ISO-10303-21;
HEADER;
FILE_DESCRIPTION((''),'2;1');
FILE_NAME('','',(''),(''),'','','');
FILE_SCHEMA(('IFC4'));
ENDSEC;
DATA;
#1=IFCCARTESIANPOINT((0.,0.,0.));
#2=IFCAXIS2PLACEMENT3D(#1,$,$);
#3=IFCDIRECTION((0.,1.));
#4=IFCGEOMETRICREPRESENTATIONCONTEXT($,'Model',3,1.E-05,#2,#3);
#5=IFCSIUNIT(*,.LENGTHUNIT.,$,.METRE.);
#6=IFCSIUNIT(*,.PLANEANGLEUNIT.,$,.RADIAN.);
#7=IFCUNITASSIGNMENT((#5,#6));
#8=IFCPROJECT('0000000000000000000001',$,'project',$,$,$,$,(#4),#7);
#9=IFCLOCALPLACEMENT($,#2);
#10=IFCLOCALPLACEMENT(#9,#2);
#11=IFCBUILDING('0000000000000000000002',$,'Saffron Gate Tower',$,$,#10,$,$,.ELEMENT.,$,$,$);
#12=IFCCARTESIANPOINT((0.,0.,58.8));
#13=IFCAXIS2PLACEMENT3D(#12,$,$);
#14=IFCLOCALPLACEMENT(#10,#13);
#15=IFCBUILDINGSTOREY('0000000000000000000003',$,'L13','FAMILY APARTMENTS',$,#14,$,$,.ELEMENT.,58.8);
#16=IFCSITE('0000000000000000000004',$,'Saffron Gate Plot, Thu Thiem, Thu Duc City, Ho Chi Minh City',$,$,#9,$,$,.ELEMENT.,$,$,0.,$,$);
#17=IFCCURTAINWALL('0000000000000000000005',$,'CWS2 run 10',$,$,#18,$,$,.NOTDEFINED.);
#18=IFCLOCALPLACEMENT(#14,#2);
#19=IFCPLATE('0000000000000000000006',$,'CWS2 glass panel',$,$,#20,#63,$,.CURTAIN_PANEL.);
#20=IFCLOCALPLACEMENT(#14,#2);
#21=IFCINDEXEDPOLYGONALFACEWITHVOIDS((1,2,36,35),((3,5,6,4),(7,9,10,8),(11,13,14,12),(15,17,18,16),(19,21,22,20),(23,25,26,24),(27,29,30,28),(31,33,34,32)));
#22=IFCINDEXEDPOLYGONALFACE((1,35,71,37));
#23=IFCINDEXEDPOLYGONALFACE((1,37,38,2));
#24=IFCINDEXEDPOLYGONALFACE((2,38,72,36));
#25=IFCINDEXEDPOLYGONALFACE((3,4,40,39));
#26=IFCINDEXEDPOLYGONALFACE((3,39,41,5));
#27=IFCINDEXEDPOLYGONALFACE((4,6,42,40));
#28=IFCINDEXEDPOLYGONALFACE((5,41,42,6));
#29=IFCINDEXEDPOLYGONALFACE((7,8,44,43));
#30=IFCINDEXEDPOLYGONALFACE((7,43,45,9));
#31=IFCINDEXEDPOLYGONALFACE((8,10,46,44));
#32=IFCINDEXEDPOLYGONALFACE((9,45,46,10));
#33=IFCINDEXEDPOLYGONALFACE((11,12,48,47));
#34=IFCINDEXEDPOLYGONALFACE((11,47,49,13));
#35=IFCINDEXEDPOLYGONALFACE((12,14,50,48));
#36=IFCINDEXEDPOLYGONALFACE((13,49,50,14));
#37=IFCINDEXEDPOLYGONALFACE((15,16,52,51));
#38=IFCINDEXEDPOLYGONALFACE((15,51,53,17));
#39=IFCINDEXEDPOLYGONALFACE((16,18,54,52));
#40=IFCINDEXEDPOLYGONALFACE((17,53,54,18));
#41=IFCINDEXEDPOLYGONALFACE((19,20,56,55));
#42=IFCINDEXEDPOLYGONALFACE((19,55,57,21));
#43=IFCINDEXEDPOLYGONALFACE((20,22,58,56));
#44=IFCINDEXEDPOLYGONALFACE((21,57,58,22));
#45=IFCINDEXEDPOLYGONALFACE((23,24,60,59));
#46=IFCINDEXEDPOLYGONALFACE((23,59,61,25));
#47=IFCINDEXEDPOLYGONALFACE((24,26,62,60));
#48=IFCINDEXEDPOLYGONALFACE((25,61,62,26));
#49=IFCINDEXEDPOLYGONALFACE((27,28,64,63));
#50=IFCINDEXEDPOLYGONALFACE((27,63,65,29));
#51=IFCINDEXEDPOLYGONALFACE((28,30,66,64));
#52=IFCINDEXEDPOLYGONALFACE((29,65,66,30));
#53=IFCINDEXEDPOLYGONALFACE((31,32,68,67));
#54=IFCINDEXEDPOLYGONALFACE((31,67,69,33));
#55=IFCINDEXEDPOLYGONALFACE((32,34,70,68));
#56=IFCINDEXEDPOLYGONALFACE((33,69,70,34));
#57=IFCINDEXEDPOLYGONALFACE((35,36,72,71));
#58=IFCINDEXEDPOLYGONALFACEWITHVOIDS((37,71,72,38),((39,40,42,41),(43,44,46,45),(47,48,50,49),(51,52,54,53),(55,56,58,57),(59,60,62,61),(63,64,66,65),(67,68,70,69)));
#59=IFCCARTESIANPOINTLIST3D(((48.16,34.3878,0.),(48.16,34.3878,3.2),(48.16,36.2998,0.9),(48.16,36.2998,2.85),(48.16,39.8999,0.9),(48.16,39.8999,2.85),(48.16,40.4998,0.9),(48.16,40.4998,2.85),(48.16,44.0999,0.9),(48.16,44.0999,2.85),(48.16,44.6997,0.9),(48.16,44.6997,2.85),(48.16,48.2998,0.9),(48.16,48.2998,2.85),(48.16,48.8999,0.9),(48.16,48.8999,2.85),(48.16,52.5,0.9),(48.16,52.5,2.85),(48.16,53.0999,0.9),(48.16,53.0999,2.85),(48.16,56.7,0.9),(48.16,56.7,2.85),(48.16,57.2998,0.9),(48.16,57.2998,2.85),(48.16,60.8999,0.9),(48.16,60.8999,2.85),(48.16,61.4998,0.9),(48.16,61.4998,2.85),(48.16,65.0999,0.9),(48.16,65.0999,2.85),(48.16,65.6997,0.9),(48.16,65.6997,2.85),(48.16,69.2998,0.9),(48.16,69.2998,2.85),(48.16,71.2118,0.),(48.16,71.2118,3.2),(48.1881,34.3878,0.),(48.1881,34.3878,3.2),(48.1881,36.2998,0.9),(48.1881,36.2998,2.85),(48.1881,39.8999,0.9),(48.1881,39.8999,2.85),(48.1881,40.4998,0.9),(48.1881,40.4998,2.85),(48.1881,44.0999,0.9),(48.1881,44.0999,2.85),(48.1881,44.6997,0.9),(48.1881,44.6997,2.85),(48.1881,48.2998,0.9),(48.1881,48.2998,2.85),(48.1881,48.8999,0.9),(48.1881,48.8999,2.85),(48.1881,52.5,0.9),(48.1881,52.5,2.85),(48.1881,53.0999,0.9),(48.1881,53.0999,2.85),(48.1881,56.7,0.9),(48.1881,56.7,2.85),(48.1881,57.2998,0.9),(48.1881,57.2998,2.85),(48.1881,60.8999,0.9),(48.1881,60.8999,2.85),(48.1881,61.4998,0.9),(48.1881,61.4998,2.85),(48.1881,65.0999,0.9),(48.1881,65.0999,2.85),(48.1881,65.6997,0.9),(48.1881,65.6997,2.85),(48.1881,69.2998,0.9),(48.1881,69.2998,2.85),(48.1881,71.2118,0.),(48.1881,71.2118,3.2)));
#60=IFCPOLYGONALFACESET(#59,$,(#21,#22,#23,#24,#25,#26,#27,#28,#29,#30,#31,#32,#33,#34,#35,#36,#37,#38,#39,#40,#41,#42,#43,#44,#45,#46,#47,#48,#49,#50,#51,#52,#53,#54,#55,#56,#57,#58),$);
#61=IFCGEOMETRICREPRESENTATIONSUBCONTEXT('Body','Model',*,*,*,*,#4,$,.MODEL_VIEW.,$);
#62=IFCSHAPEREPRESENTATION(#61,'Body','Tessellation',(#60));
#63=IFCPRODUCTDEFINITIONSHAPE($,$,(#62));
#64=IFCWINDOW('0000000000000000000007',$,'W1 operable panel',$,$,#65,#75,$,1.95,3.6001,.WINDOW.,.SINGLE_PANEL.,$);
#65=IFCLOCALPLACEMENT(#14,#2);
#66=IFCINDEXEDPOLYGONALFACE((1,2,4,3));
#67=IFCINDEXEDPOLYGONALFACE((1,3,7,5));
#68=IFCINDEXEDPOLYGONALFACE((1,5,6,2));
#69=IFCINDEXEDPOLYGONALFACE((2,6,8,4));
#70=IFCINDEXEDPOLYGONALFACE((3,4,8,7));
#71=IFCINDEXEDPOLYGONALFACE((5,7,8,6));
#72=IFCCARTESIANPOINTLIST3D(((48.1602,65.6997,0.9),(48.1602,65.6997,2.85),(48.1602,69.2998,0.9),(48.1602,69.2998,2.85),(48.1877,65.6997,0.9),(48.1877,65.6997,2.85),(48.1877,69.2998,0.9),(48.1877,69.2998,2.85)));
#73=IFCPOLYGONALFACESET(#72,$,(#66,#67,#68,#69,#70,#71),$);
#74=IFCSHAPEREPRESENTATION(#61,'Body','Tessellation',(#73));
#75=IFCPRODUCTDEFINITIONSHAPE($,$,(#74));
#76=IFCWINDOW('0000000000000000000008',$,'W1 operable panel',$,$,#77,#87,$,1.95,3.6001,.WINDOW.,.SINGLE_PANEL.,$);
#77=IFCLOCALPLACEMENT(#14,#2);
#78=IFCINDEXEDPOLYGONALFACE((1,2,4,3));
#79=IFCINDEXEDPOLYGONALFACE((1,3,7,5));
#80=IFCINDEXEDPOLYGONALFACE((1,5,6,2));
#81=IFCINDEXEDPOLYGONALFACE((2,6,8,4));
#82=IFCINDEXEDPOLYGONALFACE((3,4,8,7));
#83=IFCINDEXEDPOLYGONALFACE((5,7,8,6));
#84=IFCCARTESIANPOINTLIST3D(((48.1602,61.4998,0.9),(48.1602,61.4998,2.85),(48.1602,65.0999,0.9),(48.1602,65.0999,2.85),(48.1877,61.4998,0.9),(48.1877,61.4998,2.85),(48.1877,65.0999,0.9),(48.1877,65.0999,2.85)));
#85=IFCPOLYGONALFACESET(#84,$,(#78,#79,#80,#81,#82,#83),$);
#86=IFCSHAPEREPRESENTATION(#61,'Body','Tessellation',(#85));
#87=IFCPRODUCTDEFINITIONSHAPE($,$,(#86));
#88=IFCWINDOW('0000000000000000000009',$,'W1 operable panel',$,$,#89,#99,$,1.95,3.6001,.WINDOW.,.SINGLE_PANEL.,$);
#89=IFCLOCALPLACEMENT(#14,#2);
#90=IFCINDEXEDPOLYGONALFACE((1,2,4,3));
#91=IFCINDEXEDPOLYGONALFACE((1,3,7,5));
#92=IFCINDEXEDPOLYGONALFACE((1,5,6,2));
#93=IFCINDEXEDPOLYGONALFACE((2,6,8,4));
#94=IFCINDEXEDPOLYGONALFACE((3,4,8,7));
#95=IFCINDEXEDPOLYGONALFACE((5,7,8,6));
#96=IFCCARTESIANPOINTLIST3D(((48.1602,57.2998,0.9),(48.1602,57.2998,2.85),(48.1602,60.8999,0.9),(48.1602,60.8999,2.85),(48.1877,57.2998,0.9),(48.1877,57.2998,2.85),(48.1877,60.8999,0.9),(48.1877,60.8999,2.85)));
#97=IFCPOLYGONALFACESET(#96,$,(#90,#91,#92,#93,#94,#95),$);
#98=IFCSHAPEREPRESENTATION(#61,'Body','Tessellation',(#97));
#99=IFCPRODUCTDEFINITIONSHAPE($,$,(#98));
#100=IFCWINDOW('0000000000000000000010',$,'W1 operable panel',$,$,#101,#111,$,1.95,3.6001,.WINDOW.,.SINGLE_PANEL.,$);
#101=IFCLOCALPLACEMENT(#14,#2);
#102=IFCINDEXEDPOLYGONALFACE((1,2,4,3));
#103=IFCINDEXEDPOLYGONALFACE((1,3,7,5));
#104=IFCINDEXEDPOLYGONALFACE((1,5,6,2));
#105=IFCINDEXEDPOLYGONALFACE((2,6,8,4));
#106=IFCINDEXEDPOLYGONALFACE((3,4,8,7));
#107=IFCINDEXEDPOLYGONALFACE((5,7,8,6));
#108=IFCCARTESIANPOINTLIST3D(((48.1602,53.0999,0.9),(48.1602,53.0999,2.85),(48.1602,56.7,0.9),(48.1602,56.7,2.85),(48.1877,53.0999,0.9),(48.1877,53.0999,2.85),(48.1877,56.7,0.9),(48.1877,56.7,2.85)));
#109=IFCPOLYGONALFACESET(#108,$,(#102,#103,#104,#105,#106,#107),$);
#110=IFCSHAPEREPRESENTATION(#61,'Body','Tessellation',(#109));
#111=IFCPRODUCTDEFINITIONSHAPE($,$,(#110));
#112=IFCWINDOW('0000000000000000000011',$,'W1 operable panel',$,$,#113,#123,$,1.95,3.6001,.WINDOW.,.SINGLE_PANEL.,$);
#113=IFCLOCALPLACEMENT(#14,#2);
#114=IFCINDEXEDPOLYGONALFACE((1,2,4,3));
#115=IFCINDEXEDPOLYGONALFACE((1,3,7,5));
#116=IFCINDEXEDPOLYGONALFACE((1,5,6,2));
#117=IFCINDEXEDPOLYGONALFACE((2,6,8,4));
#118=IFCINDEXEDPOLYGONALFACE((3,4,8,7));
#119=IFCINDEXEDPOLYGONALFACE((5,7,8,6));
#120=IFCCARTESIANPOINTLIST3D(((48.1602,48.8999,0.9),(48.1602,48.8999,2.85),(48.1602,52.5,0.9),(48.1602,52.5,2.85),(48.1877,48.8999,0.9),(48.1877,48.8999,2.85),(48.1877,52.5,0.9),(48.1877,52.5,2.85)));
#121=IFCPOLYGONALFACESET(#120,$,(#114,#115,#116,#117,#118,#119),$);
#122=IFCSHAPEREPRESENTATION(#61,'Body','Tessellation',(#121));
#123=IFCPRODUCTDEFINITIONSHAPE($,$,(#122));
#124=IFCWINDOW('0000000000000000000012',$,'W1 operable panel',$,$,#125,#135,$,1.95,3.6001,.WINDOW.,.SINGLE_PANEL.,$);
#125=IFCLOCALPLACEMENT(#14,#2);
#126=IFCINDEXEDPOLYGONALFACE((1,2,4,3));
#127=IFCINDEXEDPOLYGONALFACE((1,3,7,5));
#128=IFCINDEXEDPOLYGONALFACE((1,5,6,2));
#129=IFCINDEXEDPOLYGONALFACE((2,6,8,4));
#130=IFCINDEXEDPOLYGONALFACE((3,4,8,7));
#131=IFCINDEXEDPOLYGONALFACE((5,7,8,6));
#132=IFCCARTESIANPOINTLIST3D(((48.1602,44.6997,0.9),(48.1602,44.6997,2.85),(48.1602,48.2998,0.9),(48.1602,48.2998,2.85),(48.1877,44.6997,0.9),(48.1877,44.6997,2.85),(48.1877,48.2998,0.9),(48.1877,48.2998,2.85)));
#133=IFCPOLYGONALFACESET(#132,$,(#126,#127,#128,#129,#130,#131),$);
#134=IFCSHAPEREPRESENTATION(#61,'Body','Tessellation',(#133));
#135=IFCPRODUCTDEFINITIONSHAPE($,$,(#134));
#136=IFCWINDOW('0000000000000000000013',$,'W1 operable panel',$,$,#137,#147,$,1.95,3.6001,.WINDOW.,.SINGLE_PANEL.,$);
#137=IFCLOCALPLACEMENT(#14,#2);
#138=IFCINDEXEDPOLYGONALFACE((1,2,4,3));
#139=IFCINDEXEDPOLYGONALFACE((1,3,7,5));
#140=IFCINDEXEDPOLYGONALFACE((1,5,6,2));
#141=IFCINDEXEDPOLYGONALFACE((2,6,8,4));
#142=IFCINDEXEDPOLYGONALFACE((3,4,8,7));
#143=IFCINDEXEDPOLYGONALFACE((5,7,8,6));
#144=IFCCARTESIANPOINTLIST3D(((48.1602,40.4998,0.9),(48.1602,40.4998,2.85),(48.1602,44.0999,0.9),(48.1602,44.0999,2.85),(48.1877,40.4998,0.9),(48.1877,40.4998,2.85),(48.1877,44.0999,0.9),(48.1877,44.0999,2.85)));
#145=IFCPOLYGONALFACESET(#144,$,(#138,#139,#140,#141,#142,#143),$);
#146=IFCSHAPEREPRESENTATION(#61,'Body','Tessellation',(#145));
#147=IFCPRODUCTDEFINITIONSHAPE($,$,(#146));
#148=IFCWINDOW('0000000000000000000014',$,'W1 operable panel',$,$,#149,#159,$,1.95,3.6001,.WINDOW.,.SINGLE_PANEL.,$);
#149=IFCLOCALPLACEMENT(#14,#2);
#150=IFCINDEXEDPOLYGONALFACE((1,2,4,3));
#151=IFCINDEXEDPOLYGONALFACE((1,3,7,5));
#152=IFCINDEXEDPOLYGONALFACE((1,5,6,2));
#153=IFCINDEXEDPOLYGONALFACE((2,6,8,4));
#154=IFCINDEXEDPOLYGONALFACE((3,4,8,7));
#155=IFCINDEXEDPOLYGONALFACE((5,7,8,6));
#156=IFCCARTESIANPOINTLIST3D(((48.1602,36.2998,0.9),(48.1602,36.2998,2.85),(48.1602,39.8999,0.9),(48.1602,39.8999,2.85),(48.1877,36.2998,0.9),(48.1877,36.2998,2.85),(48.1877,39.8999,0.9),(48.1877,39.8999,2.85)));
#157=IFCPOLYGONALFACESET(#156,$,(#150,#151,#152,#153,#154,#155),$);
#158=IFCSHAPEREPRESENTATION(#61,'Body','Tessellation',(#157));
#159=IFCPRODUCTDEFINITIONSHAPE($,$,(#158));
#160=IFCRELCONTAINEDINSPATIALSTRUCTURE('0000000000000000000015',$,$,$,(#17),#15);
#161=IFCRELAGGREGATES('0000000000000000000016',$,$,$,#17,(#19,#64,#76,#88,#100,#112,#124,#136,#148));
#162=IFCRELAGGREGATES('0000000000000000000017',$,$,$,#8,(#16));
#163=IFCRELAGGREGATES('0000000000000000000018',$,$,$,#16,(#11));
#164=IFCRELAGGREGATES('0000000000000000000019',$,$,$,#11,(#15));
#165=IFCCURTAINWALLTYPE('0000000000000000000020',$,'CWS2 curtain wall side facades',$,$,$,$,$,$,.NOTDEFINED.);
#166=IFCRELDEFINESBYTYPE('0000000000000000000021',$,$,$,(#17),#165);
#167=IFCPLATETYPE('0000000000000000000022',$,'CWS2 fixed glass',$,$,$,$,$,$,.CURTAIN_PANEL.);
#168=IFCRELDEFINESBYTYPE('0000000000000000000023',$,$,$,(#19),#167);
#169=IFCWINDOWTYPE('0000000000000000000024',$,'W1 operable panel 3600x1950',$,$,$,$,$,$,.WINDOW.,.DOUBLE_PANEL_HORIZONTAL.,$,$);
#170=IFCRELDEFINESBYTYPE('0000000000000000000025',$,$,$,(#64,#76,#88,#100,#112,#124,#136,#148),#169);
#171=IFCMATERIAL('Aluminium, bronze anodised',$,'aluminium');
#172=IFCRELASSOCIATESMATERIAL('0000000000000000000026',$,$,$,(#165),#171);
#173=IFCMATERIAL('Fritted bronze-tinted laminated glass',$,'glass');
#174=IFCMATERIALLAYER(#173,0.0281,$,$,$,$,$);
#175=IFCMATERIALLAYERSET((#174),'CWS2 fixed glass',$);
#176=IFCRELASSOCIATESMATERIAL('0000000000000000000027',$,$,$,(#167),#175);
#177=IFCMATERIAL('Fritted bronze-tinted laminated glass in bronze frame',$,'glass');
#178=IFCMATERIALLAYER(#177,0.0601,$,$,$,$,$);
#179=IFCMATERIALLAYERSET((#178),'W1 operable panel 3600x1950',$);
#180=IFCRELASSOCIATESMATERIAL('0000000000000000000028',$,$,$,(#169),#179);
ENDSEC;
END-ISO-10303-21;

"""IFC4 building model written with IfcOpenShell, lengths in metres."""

from ifc_helpers import new_model, si_unit, direction, frame, frame_2d, origin, place, context, subcontext, project, spatial, rectangle, extrude, material, layer, layer_set, type_object, element, fill, aggregate, save


model = new_model("IFC4")

# Units and contexts
model_context = context("Model", 3, precision=1e-05, world=origin(), true_north=direction((0.0, 1.0)))
body_context = subcontext(model_context, "Body", "Model", "MODEL_VIEW")
ifc_project = project(units=[si_unit("LENGTHUNIT", "METRE"), si_unit("PLANEANGLEUNIT", "RADIAN")], contexts=[model_context])

# Site, building, storey
site_placement = place(None, origin())
site = spatial("IfcSite", under=ifc_project, at=site_placement, Name="Saffron Gate Plot, Thu Thiem, Thu Duc City, Ho Chi Minh City", CompositionType="ELEMENT", RefElevation=0.0)
building_placement = place(site_placement, origin())
building = spatial("IfcBuilding", under=site, at=building_placement, Name="Saffron Gate Tower", CompositionType="ELEMENT")
storey_placement = place(building_placement, frame((0.0, 0.0, 58.8)))
storey = spatial("IfcBuildingStorey", under=building, at=storey_placement, Name="L13", Description="FAMILY APARTMENTS", CompositionType="ELEMENT", Elevation=58.8)

# Curtain wall
ifc_material_1 = material(Name="Aluminium, bronze anodised", Category="aluminium")
curtain_wall_type_1 = type_object("IfcCurtainWallType", Name="CWS2 curtain wall side facades", PredefinedType="NOTDEFINED", material=ifc_material_1)
curtain_wall_1_placement = place(storey_placement, origin())
curtain_wall_1 = element("IfcCurtainWall", 1, at=curtain_wall_1_placement, inside=storey, type_object=curtain_wall_type_1, Name="CWS2 run 10", PredefinedType="NOTDEFINED")

# Plate, openings, windows
ifc_material_2 = material(Name="Fritted bronze-tinted laminated glass", Category="glass")
ifc_layer_1 = layer(ifc_material_2, 0.0281)
ifc_layer_set_1 = layer_set([ifc_layer_1], Name="CWS2 fixed glass")
plate_type_1 = type_object("IfcPlateType", Name="CWS2 fixed glass", PredefinedType="CURTAIN_PANEL", material=ifc_layer_set_1)
plate_1_placement = place(storey_placement, frame((48.1741, 71.2119, 0.0), z_axis=(0.0, 0.0, 1.0), x_axis=(0.0, -1.0, 0.0)))
plate_1 = element("IfcPlate", 2, at=plate_1_placement, type_object=plate_type_1, Name="CWS2 glass panel", PredefinedType="CURTAIN_PANEL", context=body_context, shape_type="SweptSolid", body=[
    extrude(rectangle(XDim=36.824, YDim=0.0281, at=frame_2d((18.4121, 0.0))), origin(), (0.0, 0.0, 1.0), 3.2),
])
opening_1_placement = place(plate_1_placement, frame((1.9121, 0.0, 0.8999)))
opening_1 = element("IfcOpeningElement", 3, at=opening_1_placement, cuts=plate_1, PredefinedType="OPENING", context=body_context, shape_type="SweptSolid", body=[
    extrude(rectangle(XDim=3.6001, YDim=1.95, at=frame_2d((1.8, 0.9751))), frame((0.0, 0.0239, 0.0), z_axis=(0.0, -1.0, 0.0), x_axis=(1.0, 0.0, 0.0)), (0.0, 0.0, 1.0), 0.0481),
])
opening_2_placement = place(plate_1_placement, frame((6.1121, 0.0, 0.8999)))
opening_2 = element("IfcOpeningElement", 4, at=opening_2_placement, cuts=plate_1, PredefinedType="OPENING", context=body_context, shape_type="SweptSolid", body=[
    extrude(rectangle(XDim=3.6001, YDim=1.95, at=frame_2d((1.8, 0.9751))), frame((0.0, 0.0239, 0.0), z_axis=(0.0, -1.0, 0.0), x_axis=(1.0, 0.0, 0.0)), (0.0, 0.0, 1.0), 0.0481),
])
opening_3_placement = place(plate_1_placement, frame((10.312, 0.0, 0.8999)))
opening_3 = element("IfcOpeningElement", 5, at=opening_3_placement, cuts=plate_1, PredefinedType="OPENING", context=body_context, shape_type="SweptSolid", body=[
    extrude(rectangle(XDim=3.6001, YDim=1.95, at=frame_2d((1.8, 0.9751))), frame((0.0, 0.0239, 0.0), z_axis=(0.0, -1.0, 0.0), x_axis=(1.0, 0.0, 0.0)), (0.0, 0.0, 1.0), 0.0481),
])
opening_4_placement = place(plate_1_placement, frame((14.512, 0.0, 0.8999)))
opening_4 = element("IfcOpeningElement", 6, at=opening_4_placement, cuts=plate_1, PredefinedType="OPENING", context=body_context, shape_type="SweptSolid", body=[
    extrude(rectangle(XDim=3.6001, YDim=1.95, at=frame_2d((1.8, 0.9751))), frame((0.0, 0.0239, 0.0), z_axis=(0.0, -1.0, 0.0), x_axis=(1.0, 0.0, 0.0)), (0.0, 0.0, 1.0), 0.0481),
])
opening_5_placement = place(plate_1_placement, frame((18.7119, 0.0, 0.8999)))
opening_5 = element("IfcOpeningElement", 7, at=opening_5_placement, cuts=plate_1, PredefinedType="OPENING", context=body_context, shape_type="SweptSolid", body=[
    extrude(rectangle(XDim=3.6001, YDim=1.95, at=frame_2d((1.8, 0.9751))), frame((0.0, 0.0239, 0.0), z_axis=(0.0, -1.0, 0.0), x_axis=(1.0, 0.0, 0.0)), (0.0, 0.0, 1.0), 0.0481),
])
opening_6_placement = place(plate_1_placement, frame((22.9121, 0.0, 0.8999)))
opening_6 = element("IfcOpeningElement", 8, at=opening_6_placement, cuts=plate_1, PredefinedType="OPENING", context=body_context, shape_type="SweptSolid", body=[
    extrude(rectangle(XDim=3.6001, YDim=1.95, at=frame_2d((1.8, 0.9751))), frame((0.0, 0.0239, 0.0), z_axis=(0.0, -1.0, 0.0), x_axis=(1.0, 0.0, 0.0)), (0.0, 0.0, 1.0), 0.0481),
])
opening_7_placement = place(plate_1_placement, frame((27.1121, 0.0, 0.8999)))
opening_7 = element("IfcOpeningElement", 9, at=opening_7_placement, cuts=plate_1, PredefinedType="OPENING", context=body_context, shape_type="SweptSolid", body=[
    extrude(rectangle(XDim=3.6001, YDim=1.95, at=frame_2d((1.8, 0.9751))), frame((0.0, 0.0239, 0.0), z_axis=(0.0, -1.0, 0.0), x_axis=(1.0, 0.0, 0.0)), (0.0, 0.0, 1.0), 0.0481),
])
opening_8_placement = place(plate_1_placement, frame((31.312, 0.0, 0.8999)))
opening_8 = element("IfcOpeningElement", 10, at=opening_8_placement, cuts=plate_1, PredefinedType="OPENING", context=body_context, shape_type="SweptSolid", body=[
    extrude(rectangle(XDim=3.6001, YDim=1.95, at=frame_2d((1.8, 0.9751))), frame((0.0, 0.0239, 0.0), z_axis=(0.0, -1.0, 0.0), x_axis=(1.0, 0.0, 0.0)), (0.0, 0.0, 1.0), 0.0481),
])
ifc_material_3 = material(Name="Fritted bronze-tinted laminated glass in bronze frame", Category="glass")
ifc_layer_2 = layer(ifc_material_3, 0.0601)
ifc_layer_set_2 = layer_set([ifc_layer_2], Name="W1 operable panel 3600x1950")
window_type = type_object("IfcWindowType", Name="W1 operable panel 3600x1950", PartitioningType="DOUBLE_PANEL_HORIZONTAL", PredefinedType="WINDOW", material=ifc_layer_set_2)
window_1_placement = place(opening_1_placement, origin())
window_1 = element("IfcWindow", 11, at=window_1_placement, type_object=window_type, Name="W1 operable panel", OverallHeight=1.95, OverallWidth=3.6001, PartitioningType="SINGLE_PANEL", PredefinedType="WINDOW", context=body_context, shape_type="SweptSolid", body=[
    extrude(rectangle(XDim=3.6001, YDim=1.95, at=frame_2d((1.8, 0.9751))), frame((0.0, 0.0137, 0.0), z_axis=(0.0, -1.0, 0.0), x_axis=(1.0, 0.0, 0.0)), (0.0, 0.0, 1.0), 0.0276),
])
fill(opening_1, window_1)
window_2_placement = place(opening_2_placement, origin())
window_2 = element("IfcWindow", 12, at=window_2_placement, type_object=window_type, Name="W1 operable panel", OverallHeight=1.95, OverallWidth=3.6001, PartitioningType="SINGLE_PANEL", PredefinedType="WINDOW", context=body_context, shape_type="SweptSolid", body=[
    extrude(rectangle(XDim=3.6001, YDim=1.95, at=frame_2d((1.8, 0.9751))), frame((0.0, 0.0137, 0.0), z_axis=(0.0, -1.0, 0.0), x_axis=(1.0, 0.0, 0.0)), (0.0, 0.0, 1.0), 0.0276),
])
fill(opening_2, window_2)
window_3_placement = place(opening_3_placement, origin())
window_3 = element("IfcWindow", 13, at=window_3_placement, type_object=window_type, Name="W1 operable panel", OverallHeight=1.95, OverallWidth=3.6001, PartitioningType="SINGLE_PANEL", PredefinedType="WINDOW", context=body_context, shape_type="SweptSolid", body=[
    extrude(rectangle(XDim=3.6001, YDim=1.95, at=frame_2d((1.8, 0.9751))), frame((0.0, 0.0137, 0.0), z_axis=(0.0, -1.0, 0.0), x_axis=(1.0, 0.0, 0.0)), (0.0, 0.0, 1.0), 0.0276),
])
fill(opening_3, window_3)
window_4_placement = place(opening_4_placement, origin())
window_4 = element("IfcWindow", 14, at=window_4_placement, type_object=window_type, Name="W1 operable panel", OverallHeight=1.95, OverallWidth=3.6001, PartitioningType="SINGLE_PANEL", PredefinedType="WINDOW", context=body_context, shape_type="SweptSolid", body=[
    extrude(rectangle(XDim=3.6001, YDim=1.95, at=frame_2d((1.8, 0.9751))), frame((0.0, 0.0137, 0.0), z_axis=(0.0, -1.0, 0.0), x_axis=(1.0, 0.0, 0.0)), (0.0, 0.0, 1.0), 0.0276),
])
fill(opening_4, window_4)
window_5_placement = place(opening_5_placement, origin())
window_5 = element("IfcWindow", 15, at=window_5_placement, type_object=window_type, Name="W1 operable panel", OverallHeight=1.95, OverallWidth=3.6001, PartitioningType="SINGLE_PANEL", PredefinedType="WINDOW", context=body_context, shape_type="SweptSolid", body=[
    extrude(rectangle(XDim=3.6001, YDim=1.95, at=frame_2d((1.8, 0.9751))), frame((0.0, 0.0137, 0.0), z_axis=(0.0, -1.0, 0.0), x_axis=(1.0, 0.0, 0.0)), (0.0, 0.0, 1.0), 0.0276),
])
fill(opening_5, window_5)
window_6_placement = place(opening_6_placement, origin())
window_6 = element("IfcWindow", 16, at=window_6_placement, type_object=window_type, Name="W1 operable panel", OverallHeight=1.95, OverallWidth=3.6001, PartitioningType="SINGLE_PANEL", PredefinedType="WINDOW", context=body_context, shape_type="SweptSolid", body=[
    extrude(rectangle(XDim=3.6001, YDim=1.95, at=frame_2d((1.8, 0.9751))), frame((0.0, 0.0137, 0.0), z_axis=(0.0, -1.0, 0.0), x_axis=(1.0, 0.0, 0.0)), (0.0, 0.0, 1.0), 0.0276),
])
fill(opening_6, window_6)
window_7_placement = place(opening_7_placement, origin())
window_7 = element("IfcWindow", 17, at=window_7_placement, type_object=window_type, Name="W1 operable panel", OverallHeight=1.95, OverallWidth=3.6001, PartitioningType="SINGLE_PANEL", PredefinedType="WINDOW", context=body_context, shape_type="SweptSolid", body=[
    extrude(rectangle(XDim=3.6001, YDim=1.95, at=frame_2d((1.8, 0.9751))), frame((0.0, 0.0137, 0.0), z_axis=(0.0, -1.0, 0.0), x_axis=(1.0, 0.0, 0.0)), (0.0, 0.0, 1.0), 0.0276),
])
fill(opening_7, window_7)
window_8_placement = place(opening_8_placement, origin())
window_8 = element("IfcWindow", 18, at=window_8_placement, type_object=window_type, Name="W1 operable panel", OverallHeight=1.95, OverallWidth=3.6001, PartitioningType="SINGLE_PANEL", PredefinedType="WINDOW", context=body_context, shape_type="SweptSolid", body=[
    extrude(rectangle(XDim=3.6001, YDim=1.95, at=frame_2d((1.8, 0.9751))), frame((0.0, 0.0137, 0.0), z_axis=(0.0, -1.0, 0.0), x_axis=(1.0, 0.0, 0.0)), (0.0, 0.0, 1.0), 0.0276),
])
fill(opening_8, window_8)
aggregate(curtain_wall_1, [plate_1, window_1, window_2, window_3, window_4, window_5, window_6, window_7, window_8])

save(model, "model.ifc")
